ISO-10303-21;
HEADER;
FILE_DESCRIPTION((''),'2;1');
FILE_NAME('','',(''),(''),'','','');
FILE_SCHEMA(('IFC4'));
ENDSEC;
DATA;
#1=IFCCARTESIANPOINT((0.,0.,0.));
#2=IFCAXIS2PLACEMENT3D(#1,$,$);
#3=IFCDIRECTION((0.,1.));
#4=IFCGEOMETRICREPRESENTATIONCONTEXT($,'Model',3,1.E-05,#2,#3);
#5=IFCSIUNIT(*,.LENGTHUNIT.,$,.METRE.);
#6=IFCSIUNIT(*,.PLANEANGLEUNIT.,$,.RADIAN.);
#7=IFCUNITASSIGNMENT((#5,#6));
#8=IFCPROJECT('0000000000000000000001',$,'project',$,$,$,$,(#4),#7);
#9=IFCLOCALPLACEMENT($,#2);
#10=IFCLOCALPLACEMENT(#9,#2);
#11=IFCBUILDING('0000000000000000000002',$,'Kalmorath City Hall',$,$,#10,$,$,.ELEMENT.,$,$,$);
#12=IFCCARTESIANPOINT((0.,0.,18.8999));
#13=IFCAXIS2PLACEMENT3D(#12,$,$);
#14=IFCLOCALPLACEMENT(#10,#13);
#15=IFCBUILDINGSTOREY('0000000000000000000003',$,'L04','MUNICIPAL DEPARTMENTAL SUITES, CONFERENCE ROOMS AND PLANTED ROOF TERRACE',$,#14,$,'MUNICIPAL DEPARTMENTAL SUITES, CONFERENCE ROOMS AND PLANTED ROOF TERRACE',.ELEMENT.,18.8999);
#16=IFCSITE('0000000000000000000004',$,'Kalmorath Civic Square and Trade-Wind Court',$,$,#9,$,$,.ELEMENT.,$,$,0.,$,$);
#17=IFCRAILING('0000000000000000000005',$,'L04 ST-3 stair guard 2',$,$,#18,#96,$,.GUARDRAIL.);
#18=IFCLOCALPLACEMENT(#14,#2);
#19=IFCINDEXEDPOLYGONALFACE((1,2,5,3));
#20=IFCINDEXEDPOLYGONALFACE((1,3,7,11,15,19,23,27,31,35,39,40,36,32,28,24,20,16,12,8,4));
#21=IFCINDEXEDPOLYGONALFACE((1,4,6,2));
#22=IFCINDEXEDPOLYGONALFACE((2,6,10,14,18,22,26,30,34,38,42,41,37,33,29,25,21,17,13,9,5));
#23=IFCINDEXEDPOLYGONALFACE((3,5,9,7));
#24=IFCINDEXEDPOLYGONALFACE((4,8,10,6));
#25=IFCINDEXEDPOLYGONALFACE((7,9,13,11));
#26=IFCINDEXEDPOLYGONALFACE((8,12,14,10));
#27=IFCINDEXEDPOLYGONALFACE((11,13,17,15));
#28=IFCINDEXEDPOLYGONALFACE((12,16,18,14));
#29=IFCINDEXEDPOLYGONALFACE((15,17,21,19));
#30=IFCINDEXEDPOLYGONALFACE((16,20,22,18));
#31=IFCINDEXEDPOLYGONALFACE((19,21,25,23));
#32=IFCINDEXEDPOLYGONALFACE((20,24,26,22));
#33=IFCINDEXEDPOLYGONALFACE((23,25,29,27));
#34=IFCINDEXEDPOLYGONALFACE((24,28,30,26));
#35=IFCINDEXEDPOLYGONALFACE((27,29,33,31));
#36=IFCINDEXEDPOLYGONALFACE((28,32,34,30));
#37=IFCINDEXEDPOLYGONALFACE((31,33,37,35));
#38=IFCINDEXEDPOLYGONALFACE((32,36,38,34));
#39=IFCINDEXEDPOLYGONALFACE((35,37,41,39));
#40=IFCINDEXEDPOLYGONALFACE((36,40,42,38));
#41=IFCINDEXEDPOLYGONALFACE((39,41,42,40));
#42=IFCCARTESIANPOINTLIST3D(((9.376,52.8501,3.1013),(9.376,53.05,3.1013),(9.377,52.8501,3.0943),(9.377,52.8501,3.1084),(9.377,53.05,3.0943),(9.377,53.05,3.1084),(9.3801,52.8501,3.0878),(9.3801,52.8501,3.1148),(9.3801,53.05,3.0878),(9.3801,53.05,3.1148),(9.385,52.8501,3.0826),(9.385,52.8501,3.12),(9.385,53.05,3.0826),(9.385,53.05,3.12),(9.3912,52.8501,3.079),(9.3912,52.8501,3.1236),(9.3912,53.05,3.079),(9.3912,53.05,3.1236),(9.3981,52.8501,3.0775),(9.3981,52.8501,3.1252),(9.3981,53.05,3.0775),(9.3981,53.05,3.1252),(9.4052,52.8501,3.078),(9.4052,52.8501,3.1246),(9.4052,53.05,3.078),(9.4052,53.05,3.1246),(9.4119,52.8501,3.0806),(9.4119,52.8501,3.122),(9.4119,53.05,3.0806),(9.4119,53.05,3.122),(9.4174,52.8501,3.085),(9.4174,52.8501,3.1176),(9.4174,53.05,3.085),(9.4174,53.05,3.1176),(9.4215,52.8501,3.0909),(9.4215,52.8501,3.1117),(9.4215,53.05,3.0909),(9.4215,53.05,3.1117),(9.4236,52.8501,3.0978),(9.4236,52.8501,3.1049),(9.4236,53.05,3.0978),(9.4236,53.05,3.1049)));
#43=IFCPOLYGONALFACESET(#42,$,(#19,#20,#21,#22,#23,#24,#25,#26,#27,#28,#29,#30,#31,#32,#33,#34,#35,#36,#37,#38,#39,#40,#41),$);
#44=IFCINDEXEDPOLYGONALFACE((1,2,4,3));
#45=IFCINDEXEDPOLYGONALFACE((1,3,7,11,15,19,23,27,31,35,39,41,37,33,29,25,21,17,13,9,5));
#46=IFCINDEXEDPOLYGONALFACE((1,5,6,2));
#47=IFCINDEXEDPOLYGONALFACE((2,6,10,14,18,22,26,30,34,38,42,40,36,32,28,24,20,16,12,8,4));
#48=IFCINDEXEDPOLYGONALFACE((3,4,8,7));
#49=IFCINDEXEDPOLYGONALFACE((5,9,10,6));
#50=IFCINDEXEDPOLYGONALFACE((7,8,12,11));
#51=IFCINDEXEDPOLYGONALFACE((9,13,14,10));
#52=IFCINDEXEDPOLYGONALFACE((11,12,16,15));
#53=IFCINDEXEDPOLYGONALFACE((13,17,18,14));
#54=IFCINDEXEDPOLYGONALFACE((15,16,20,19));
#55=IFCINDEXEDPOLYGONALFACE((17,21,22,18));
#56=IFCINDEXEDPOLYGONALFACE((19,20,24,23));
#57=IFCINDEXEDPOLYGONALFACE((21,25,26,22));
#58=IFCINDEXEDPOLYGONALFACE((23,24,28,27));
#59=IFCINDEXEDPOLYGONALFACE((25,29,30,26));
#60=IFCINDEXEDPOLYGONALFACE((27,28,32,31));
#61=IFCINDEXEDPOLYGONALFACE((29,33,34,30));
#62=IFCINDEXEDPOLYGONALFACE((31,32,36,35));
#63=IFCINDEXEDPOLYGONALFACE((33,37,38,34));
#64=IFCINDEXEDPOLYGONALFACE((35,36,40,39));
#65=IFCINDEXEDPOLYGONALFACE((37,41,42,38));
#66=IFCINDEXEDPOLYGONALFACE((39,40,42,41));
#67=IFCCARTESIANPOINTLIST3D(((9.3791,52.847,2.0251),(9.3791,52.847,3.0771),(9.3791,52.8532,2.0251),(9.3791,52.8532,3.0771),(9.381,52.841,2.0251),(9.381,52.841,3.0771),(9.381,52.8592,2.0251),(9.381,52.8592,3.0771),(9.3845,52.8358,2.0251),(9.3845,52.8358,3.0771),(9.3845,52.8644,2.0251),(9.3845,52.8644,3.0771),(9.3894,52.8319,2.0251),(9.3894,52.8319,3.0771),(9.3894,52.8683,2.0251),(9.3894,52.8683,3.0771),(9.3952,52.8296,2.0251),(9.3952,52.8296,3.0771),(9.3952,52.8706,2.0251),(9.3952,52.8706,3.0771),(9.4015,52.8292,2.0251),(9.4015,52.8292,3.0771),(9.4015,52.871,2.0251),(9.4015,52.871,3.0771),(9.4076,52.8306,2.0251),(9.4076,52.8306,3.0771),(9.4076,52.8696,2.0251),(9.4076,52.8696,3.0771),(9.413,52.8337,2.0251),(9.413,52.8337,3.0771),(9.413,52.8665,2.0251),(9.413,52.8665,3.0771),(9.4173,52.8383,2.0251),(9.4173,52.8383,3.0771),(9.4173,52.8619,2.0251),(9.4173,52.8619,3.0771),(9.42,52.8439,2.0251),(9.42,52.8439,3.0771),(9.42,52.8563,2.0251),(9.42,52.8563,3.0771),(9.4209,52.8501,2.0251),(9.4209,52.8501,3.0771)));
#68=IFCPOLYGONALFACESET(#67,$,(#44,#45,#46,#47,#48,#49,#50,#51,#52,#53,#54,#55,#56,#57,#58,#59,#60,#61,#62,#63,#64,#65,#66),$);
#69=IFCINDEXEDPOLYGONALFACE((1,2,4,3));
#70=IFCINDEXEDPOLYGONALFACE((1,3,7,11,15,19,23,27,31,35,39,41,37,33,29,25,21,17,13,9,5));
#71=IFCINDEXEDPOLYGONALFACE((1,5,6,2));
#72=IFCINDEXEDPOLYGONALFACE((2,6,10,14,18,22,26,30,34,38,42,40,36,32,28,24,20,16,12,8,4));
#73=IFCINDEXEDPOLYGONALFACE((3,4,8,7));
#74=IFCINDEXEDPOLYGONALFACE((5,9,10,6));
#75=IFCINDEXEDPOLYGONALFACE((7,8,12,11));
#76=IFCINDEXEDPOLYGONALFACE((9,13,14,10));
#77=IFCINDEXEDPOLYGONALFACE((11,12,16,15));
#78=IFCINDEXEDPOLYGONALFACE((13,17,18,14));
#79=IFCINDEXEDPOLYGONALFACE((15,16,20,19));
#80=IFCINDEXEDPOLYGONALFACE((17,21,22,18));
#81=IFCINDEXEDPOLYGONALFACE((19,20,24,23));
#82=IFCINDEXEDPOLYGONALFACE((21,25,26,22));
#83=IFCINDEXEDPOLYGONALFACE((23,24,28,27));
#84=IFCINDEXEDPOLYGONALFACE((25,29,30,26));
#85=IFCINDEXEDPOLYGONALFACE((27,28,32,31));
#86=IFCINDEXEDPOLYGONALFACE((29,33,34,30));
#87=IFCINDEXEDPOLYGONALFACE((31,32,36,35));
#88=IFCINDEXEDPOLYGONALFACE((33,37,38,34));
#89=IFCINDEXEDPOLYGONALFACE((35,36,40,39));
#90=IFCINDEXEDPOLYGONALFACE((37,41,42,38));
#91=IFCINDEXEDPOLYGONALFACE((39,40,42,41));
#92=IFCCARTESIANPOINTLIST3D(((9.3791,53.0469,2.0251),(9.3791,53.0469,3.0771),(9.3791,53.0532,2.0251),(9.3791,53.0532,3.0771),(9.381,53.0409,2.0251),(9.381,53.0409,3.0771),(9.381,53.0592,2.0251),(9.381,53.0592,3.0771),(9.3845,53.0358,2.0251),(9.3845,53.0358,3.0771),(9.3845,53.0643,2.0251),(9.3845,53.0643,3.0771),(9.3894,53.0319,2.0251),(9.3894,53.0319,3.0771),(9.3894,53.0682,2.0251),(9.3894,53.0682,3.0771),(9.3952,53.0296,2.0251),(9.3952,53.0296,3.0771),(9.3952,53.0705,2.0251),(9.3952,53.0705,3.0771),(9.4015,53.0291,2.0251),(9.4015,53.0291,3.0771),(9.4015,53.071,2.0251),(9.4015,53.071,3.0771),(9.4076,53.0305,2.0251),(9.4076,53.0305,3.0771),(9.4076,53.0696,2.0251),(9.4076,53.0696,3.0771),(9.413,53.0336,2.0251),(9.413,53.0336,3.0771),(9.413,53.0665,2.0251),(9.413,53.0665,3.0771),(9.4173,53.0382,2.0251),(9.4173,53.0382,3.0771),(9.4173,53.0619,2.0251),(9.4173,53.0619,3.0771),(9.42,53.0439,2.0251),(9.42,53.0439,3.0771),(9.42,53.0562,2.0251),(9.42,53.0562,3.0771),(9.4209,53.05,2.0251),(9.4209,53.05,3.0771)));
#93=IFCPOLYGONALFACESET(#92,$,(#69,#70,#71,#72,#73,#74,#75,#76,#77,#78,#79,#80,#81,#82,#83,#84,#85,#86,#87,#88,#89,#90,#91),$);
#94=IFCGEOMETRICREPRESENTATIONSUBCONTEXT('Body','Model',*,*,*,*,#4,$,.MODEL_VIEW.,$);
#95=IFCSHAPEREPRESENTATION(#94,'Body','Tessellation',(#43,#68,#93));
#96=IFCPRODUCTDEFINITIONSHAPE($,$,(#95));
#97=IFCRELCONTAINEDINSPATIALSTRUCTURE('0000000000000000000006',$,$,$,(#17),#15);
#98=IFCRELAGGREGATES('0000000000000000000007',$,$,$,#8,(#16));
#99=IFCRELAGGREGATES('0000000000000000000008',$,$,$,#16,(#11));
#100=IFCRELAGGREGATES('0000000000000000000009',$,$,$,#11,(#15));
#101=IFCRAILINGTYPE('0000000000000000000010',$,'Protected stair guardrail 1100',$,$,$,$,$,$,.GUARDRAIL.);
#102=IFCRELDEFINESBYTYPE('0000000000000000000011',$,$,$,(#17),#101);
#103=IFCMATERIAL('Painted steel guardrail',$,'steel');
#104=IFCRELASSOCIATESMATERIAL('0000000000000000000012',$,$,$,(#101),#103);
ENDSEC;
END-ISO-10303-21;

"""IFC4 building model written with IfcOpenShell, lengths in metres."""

from ifc_helpers import new_model, si_unit, direction, frame, origin, origin_2d, place, context, subcontext, project, spatial, circle, extrude, material, type_object, element, save


model = new_model("IFC4")

# Units and contexts
model_context = context("Model", 3, precision=1e-05, world=origin(), true_north=direction((0.0, 1.0)))
body_context = subcontext(model_context, "Body", "Model", "MODEL_VIEW")
ifc_project = project(units=[si_unit("LENGTHUNIT", "METRE"), si_unit("PLANEANGLEUNIT", "RADIAN")], contexts=[model_context])

# Site, building, storey
site_placement = place(None, origin())
site = spatial("IfcSite", under=ifc_project, at=site_placement, Name="Kalmorath Civic Square and Trade-Wind Court", CompositionType="ELEMENT", RefElevation=0.0)
building_placement = place(site_placement, origin())
building = spatial("IfcBuilding", under=site, at=building_placement, Name="Kalmorath City Hall", CompositionType="ELEMENT")
storey_placement = place(building_placement, frame((0.0, 0.0, 18.8999)))
storey = spatial("IfcBuildingStorey", under=building, at=storey_placement, Name="L04", Description="MUNICIPAL DEPARTMENTAL SUITES, CONFERENCE ROOMS AND PLANTED ROOF TERRACE", LongName="MUNICIPAL DEPARTMENTAL SUITES, CONFERENCE ROOMS AND PLANTED ROOF TERRACE", CompositionType="ELEMENT", Elevation=18.8999)

# Railing
ifc_material_1 = material(Name="Painted steel guardrail", Category="steel")
railing_type = type_object("IfcRailingType", Name="Protected stair guardrail 1100", PredefinedType="GUARDRAIL", material=ifc_material_1)
railing_placement = place(storey_placement, frame((9.3999, 52.8501, 2.0251)))
element("IfcRailing", 1, at=railing_placement, inside=storey, type_object=railing_type, Name="L04 ST-3 stair guard 2", PredefinedType="GUARDRAIL", context=body_context, shape_type="SweptSolid", body=[
    extrude(circle(Radius=0.0239, at=origin_2d()), frame((0.0, 0.0, 1.0762), z_axis=(0.0, 1.0, 0.0), x_axis=(-1.0, 0.0, 0.0)), (0.0, 0.0, 1.0), 0.2),
    extrude(circle(Radius=0.021, at=origin_2d()), origin(), (0.0, 0.0, 1.0), 1.052),
    extrude(circle(Radius=0.021, at=origin_2d()), frame((0.0, 0.2, 0.0)), (0.0, 0.0, 1.0), 1.052),
])

save(model, "model.ifc")
